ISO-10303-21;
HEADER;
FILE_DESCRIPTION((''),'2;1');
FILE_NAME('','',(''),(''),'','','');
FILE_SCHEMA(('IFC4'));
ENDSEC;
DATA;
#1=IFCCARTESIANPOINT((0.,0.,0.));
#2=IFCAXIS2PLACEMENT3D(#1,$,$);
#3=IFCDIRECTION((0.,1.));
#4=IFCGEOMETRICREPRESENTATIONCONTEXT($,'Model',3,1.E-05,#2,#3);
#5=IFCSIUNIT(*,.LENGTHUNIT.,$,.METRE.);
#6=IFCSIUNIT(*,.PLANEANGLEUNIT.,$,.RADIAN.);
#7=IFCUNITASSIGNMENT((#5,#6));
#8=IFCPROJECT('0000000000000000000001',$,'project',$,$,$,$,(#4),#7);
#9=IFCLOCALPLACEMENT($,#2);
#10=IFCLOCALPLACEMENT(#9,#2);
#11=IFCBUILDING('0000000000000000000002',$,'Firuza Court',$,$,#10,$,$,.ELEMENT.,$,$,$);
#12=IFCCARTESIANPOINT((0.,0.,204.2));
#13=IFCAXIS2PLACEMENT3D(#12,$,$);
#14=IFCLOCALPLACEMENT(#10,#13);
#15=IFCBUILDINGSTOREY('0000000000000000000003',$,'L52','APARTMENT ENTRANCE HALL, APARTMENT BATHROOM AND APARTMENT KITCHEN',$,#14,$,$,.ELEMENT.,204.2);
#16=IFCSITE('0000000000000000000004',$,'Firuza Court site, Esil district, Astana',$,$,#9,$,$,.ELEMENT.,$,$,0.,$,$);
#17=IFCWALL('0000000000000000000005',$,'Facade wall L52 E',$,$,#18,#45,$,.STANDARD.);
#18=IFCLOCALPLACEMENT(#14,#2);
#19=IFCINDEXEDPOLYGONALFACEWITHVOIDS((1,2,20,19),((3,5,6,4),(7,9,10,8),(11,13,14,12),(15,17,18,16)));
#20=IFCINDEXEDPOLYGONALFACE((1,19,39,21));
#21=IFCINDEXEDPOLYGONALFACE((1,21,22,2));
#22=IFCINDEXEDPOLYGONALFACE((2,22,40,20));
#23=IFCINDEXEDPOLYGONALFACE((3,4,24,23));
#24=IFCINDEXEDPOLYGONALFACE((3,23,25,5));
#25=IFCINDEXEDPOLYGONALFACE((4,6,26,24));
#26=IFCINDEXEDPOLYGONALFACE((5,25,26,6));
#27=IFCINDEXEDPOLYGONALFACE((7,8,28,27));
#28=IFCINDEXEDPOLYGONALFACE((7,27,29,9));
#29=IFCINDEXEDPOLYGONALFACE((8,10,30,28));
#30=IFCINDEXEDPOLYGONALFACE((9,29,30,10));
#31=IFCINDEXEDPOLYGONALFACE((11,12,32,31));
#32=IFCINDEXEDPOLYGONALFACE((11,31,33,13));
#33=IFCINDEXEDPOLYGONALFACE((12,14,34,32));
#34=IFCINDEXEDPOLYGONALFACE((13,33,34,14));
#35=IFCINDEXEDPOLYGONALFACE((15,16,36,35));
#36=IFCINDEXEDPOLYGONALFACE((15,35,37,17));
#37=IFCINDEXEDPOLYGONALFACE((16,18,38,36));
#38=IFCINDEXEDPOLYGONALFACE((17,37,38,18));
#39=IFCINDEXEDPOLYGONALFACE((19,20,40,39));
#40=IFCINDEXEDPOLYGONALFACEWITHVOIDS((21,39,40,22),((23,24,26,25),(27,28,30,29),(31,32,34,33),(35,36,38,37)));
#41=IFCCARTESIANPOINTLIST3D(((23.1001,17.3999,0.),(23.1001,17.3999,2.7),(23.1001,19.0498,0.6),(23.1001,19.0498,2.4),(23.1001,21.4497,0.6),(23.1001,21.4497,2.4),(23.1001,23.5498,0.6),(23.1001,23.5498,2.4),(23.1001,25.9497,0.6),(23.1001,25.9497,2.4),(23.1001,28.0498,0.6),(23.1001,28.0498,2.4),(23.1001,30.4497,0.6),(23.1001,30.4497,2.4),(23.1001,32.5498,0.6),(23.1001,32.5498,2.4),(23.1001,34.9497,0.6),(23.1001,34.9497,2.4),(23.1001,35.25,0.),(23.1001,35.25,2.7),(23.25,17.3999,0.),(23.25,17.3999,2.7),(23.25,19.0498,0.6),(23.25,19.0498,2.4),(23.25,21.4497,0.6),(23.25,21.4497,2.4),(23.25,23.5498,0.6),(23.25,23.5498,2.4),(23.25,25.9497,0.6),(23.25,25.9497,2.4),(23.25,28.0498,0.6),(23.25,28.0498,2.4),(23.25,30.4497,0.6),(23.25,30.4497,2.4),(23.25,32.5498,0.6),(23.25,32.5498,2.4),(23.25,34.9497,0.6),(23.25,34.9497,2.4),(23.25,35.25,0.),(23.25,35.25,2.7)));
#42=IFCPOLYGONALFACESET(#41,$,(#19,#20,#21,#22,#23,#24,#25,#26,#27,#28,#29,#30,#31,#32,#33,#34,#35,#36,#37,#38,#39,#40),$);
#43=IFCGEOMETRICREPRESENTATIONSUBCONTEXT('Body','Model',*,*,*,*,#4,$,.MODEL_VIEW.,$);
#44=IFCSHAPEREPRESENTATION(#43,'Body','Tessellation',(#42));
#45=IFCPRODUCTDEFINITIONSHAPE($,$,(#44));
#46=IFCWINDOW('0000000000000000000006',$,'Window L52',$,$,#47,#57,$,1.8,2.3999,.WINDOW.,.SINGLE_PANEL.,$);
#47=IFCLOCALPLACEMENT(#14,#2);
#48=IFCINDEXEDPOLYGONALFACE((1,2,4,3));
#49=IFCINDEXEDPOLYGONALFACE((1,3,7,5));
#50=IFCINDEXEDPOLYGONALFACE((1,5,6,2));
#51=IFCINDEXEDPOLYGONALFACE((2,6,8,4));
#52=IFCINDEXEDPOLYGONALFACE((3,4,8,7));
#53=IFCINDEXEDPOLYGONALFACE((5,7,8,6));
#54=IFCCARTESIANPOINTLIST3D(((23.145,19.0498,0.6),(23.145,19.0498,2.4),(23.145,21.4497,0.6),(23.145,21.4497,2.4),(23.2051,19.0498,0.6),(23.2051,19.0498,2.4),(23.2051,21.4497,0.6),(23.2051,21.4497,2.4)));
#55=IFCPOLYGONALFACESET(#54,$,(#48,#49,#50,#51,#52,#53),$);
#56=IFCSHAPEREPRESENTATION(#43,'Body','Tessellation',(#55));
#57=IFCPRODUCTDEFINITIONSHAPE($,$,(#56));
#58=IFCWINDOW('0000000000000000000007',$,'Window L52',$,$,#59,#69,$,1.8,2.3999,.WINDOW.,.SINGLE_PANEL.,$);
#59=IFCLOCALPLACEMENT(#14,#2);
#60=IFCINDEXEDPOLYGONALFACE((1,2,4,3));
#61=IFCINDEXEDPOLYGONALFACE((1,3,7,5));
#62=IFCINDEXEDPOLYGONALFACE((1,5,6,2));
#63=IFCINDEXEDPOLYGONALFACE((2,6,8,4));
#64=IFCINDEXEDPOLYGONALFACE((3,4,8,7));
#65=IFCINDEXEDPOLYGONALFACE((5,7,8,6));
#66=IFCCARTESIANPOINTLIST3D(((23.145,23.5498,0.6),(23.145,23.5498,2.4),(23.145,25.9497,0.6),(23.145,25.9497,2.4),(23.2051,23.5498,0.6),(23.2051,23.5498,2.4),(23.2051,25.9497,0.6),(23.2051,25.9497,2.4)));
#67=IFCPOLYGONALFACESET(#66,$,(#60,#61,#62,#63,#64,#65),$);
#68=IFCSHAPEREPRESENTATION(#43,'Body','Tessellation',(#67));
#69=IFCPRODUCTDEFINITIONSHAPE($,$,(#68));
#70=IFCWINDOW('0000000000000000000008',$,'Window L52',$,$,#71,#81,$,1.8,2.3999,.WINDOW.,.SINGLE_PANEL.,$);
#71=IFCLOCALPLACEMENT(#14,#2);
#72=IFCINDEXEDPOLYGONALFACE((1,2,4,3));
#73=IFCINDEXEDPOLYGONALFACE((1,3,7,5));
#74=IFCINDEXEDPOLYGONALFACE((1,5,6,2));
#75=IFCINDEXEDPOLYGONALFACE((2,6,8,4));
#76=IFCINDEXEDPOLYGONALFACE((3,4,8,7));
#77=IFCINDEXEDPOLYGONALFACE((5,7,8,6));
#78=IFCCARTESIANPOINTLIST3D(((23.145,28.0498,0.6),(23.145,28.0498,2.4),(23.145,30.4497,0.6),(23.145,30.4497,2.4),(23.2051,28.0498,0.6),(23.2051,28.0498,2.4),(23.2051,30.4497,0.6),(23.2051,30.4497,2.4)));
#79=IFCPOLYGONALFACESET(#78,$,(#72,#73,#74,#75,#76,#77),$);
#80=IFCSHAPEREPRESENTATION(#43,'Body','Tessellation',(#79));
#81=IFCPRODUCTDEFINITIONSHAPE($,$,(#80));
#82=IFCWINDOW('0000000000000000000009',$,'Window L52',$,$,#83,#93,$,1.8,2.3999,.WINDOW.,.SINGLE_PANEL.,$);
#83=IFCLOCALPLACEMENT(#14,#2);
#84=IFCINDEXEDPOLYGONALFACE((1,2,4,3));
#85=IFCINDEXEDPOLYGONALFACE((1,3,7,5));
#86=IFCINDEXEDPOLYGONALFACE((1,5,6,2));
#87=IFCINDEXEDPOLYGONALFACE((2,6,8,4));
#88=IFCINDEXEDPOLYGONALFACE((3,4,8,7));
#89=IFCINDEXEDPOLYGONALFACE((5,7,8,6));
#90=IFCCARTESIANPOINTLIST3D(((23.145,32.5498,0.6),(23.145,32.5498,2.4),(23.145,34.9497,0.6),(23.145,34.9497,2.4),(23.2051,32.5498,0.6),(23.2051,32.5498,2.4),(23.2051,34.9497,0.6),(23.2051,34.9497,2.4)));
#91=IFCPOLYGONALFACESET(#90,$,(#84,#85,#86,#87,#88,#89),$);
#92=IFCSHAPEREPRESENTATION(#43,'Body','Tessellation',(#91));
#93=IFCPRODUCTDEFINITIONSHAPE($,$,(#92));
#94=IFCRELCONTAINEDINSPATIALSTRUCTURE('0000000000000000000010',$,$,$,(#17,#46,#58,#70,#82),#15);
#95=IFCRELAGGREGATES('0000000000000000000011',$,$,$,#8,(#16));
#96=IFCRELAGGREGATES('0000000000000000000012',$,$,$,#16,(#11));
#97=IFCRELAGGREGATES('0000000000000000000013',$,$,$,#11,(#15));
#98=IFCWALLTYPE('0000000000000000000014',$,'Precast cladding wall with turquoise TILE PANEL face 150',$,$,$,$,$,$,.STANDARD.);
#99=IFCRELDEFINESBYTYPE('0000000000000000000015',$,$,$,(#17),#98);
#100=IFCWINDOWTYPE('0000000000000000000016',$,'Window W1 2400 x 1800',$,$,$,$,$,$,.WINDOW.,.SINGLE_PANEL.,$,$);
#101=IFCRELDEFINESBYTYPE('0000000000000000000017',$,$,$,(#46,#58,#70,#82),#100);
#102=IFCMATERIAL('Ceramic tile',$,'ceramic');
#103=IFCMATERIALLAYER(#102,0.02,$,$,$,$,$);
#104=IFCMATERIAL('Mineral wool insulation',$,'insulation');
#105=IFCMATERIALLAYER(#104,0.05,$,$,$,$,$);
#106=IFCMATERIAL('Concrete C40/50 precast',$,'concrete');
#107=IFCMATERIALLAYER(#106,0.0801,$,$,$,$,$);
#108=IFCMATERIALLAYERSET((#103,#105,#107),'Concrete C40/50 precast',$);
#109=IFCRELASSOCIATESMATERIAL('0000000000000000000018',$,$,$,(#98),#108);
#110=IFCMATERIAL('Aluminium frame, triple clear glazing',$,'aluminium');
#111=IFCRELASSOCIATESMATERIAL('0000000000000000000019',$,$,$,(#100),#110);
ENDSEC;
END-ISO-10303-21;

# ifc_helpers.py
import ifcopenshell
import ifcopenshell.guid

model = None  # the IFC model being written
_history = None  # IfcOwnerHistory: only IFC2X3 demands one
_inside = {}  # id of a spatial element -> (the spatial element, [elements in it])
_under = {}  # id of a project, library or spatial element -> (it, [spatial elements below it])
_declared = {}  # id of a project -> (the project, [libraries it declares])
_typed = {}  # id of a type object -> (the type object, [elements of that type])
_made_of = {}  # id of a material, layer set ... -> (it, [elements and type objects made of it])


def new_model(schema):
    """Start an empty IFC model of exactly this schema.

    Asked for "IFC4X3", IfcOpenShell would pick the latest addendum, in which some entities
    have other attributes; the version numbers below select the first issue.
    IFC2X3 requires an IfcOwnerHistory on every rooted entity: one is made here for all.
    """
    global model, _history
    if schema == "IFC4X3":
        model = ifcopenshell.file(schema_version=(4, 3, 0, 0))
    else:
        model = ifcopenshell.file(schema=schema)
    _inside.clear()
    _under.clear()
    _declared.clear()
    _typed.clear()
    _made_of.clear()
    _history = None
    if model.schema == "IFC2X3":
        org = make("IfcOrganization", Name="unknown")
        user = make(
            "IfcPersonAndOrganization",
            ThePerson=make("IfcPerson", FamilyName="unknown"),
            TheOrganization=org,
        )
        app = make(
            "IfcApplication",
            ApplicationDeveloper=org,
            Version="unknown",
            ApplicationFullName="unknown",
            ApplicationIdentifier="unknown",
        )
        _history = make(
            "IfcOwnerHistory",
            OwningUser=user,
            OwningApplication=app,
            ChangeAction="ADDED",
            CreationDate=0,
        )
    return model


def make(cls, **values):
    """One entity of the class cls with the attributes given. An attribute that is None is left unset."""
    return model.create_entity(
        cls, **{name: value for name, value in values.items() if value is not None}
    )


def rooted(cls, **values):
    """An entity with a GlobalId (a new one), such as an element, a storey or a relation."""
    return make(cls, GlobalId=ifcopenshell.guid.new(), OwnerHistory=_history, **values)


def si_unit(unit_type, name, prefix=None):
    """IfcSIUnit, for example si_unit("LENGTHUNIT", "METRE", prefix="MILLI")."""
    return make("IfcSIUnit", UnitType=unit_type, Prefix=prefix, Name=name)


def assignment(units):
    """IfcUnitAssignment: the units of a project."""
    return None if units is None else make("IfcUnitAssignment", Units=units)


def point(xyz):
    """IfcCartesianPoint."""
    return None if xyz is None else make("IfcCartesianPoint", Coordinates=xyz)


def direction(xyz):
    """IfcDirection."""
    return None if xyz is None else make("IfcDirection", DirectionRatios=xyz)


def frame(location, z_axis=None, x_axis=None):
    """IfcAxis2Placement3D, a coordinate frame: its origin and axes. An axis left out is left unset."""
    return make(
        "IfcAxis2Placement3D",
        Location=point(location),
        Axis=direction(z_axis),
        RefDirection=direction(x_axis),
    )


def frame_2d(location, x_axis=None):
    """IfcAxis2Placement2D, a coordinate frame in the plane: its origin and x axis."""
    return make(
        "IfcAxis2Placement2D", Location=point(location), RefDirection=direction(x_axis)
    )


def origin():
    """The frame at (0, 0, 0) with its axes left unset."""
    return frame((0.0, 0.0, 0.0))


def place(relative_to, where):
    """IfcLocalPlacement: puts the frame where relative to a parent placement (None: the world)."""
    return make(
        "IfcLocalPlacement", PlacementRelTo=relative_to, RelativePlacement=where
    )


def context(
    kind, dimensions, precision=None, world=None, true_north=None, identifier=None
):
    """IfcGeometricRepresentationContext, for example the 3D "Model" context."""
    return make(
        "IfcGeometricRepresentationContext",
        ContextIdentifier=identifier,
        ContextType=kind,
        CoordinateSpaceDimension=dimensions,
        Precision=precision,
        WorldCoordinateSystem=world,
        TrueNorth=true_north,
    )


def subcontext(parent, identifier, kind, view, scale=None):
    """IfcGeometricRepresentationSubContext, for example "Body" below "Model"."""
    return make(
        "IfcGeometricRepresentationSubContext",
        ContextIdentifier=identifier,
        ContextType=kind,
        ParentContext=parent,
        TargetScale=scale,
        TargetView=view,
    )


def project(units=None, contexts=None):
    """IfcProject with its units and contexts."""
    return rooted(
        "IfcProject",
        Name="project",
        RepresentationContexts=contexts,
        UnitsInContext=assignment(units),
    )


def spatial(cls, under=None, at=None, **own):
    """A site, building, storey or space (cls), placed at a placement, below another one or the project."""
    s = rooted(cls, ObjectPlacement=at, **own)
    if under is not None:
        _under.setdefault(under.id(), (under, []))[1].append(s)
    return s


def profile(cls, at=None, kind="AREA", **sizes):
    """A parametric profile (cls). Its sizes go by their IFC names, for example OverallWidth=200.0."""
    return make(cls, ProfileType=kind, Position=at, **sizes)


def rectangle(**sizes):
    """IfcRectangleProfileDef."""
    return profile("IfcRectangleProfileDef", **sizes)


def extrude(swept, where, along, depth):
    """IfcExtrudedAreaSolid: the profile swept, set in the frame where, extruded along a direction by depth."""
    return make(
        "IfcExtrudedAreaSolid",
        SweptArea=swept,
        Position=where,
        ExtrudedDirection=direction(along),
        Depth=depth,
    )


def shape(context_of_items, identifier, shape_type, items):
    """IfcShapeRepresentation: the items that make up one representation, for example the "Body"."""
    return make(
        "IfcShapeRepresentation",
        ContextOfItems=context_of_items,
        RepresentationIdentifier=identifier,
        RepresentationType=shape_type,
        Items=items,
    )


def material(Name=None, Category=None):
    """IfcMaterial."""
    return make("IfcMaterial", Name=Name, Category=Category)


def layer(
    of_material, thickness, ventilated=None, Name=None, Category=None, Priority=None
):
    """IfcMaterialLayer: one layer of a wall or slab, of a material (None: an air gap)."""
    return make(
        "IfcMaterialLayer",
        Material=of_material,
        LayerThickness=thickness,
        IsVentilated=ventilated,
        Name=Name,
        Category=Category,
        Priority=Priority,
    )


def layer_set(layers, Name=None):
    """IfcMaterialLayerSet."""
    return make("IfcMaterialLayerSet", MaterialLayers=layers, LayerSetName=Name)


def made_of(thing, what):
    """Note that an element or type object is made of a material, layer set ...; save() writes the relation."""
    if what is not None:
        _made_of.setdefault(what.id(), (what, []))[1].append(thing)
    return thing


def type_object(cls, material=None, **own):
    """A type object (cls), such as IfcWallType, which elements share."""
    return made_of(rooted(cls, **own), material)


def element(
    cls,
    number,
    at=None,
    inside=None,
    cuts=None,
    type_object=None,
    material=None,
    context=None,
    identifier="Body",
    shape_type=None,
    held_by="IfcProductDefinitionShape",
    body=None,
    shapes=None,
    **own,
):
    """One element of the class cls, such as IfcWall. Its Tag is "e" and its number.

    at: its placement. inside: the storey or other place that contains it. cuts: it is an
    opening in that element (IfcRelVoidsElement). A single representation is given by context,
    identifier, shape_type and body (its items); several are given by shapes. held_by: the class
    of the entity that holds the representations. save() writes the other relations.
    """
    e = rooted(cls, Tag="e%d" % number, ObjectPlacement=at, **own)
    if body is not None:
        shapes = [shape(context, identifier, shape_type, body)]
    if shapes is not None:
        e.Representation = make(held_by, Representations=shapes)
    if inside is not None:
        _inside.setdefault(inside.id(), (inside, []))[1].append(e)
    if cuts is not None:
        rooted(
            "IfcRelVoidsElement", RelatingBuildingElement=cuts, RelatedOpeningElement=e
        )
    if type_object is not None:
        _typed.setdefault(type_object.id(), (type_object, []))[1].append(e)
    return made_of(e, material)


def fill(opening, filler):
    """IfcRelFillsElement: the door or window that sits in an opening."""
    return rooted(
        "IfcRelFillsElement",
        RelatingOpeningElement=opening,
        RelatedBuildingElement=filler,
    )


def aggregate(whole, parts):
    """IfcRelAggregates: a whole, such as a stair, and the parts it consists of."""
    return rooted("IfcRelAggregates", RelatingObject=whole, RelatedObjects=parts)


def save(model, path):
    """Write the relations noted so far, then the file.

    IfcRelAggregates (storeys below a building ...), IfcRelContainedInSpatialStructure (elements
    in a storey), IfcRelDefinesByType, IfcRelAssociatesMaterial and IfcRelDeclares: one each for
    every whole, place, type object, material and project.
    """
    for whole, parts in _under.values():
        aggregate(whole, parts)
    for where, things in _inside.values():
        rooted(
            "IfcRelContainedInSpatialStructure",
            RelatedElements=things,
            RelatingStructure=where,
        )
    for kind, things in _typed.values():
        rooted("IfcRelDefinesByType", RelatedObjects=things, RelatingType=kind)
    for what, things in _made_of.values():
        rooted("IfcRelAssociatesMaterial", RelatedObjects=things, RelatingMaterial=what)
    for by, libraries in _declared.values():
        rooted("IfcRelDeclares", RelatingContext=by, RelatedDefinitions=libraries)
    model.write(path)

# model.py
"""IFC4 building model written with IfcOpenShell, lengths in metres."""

from ifc_helpers import new_model, si_unit, direction, frame, frame_2d, origin, place, context, subcontext, project, spatial, rectangle, extrude, material, layer, layer_set, type_object, element, fill, save


model = new_model("IFC4")

# Units and contexts
model_context = context("Model", 3, precision=1e-05, world=origin(), true_north=direction((0.0, 1.0)))
body_context = subcontext(model_context, "Body", "Model", "MODEL_VIEW")
ifc_project = project(units=[si_unit("LENGTHUNIT", "METRE"), si_unit("PLANEANGLEUNIT", "RADIAN")], contexts=[model_context])

# Site, building, storey
site_placement = place(None, origin())
site = spatial("IfcSite", under=ifc_project, at=site_placement, Name="Firuza Court site, Esil district, Astana", CompositionType="ELEMENT", RefElevation=0.0)
building_placement = place(site_placement, origin())
building = spatial("IfcBuilding", under=site, at=building_placement, Name="Firuza Court", CompositionType="ELEMENT")
storey_placement = place(building_placement, frame((0.0, 0.0, 204.2)))
storey = spatial("IfcBuildingStorey", under=building, at=storey_placement, Name="L52", Description="APARTMENT ENTRANCE HALL, APARTMENT BATHROOM AND APARTMENT KITCHEN", CompositionType="ELEMENT", Elevation=204.2)

# Wall, openings, windows
ifc_material_1 = material(Name="Ceramic tile", Category="ceramic")
ifc_layer_1 = layer(ifc_material_1, 0.02)
ifc_material_2 = material(Name="Mineral wool insulation", Category="insulation")
ifc_layer_2 = layer(ifc_material_2, 0.05)
ifc_material_3 = material(Name="Concrete C40/50 precast", Category="concrete")
ifc_layer_3 = layer(ifc_material_3, 0.0801)
ifc_layer_set_1 = layer_set([ifc_layer_1, ifc_layer_2, ifc_layer_3], Name="Concrete C40/50 precast")
wall_type_1 = type_object("IfcWallType", Name="Precast cladding wall with turquoise TILE PANEL face 150", PredefinedType="STANDARD", material=ifc_layer_set_1)
wall_1_placement = place(storey_placement, frame((23.175, 17.3999, 0.0), z_axis=(0.0, 0.0, 1.0), x_axis=(0.0, 1.0, 0.0)))
wall_1 = element("IfcWall", 1, at=wall_1_placement, inside=storey, type_object=wall_type_1, Name="Facade wall L52 E", PredefinedType="STANDARD", context=body_context, shape_type="SweptSolid", body=[
    extrude(rectangle(XDim=17.8501, YDim=0.1499, at=frame_2d((8.925, 0.0))), origin(), (0.0, 0.0, 1.0), 2.7),
])
opening_1_placement = place(wall_1_placement, frame((1.6499, 0.0, 0.6001)))
opening_1 = element("IfcOpeningElement", 2, at=opening_1_placement, cuts=wall_1, PredefinedType="OPENING", context=body_context, shape_type="SweptSolid", body=[
    extrude(rectangle(XDim=2.3999, YDim=1.8, at=frame_2d((1.2, 0.8999))), frame((0.0, 0.0869, 0.0), z_axis=(0.0, -1.0, 0.0), x_axis=(1.0, 0.0, 0.0)), (0.0, 0.0, 1.0), 0.1738),
])
opening_2_placement = place(wall_1_placement, frame((6.1499, 0.0, 0.6001)))
opening_2 = element("IfcOpeningElement", 3, at=opening_2_placement, cuts=wall_1, PredefinedType="OPENING", context=body_context, shape_type="SweptSolid", body=[
    extrude(rectangle(XDim=2.3999, YDim=1.8, at=frame_2d((1.2, 0.8999))), frame((0.0, 0.0869, 0.0), z_axis=(0.0, -1.0, 0.0), x_axis=(1.0, 0.0, 0.0)), (0.0, 0.0, 1.0), 0.1738),
])
opening_3_placement = place(wall_1_placement, frame((10.6499, 0.0, 0.6001)))
opening_3 = element("IfcOpeningElement", 4, at=opening_3_placement, cuts=wall_1, PredefinedType="OPENING", context=body_context, shape_type="SweptSolid", body=[
    extrude(rectangle(XDim=2.3999, YDim=1.8, at=frame_2d((1.2, 0.8999))), frame((0.0, 0.0869, 0.0), z_axis=(0.0, -1.0, 0.0), x_axis=(1.0, 0.0, 0.0)), (0.0, 0.0, 1.0), 0.1738),
])
opening_4_placement = place(wall_1_placement, frame((15.1499, 0.0, 0.6001)))
opening_4 = element("IfcOpeningElement", 5, at=opening_4_placement, cuts=wall_1, PredefinedType="OPENING", context=body_context, shape_type="SweptSolid", body=[
    extrude(rectangle(XDim=2.3999, YDim=1.8, at=frame_2d((1.2, 0.8999))), frame((0.0, 0.0869, 0.0), z_axis=(0.0, -1.0, 0.0), x_axis=(1.0, 0.0, 0.0)), (0.0, 0.0, 1.0), 0.1738),
])
ifc_material_4 = material(Name="Aluminium frame, triple clear glazing", Category="aluminium")
window_type_1 = type_object("IfcWindowType", Name="Window W1 2400 x 1800", PartitioningType="SINGLE_PANEL", PredefinedType="WINDOW", material=ifc_material_4)
window_1_placement = place(opening_1_placement, origin())
window_1 = element("IfcWindow", 6, at=window_1_placement, inside=storey, type_object=window_type_1, Name="Window L52", OverallHeight=1.8, OverallWidth=2.3999, PartitioningType="SINGLE_PANEL", PredefinedType="WINDOW", context=body_context, shape_type="SweptSolid", body=[
    extrude(rectangle(XDim=2.3999, YDim=1.8, at=frame_2d((1.2, 0.8999))), frame((0.0, 0.03, 0.0), z_axis=(0.0, -1.0, 0.0), x_axis=(1.0, 0.0, 0.0)), (0.0, 0.0, 1.0), 0.0601),
])
fill(opening_1, window_1)
window_2_placement = place(opening_2_placement, origin())
window_2 = element("IfcWindow", 7, at=window_2_placement, inside=storey, type_object=window_type_1, Name="Window L52", OverallHeight=1.8, OverallWidth=2.3999, PartitioningType="SINGLE_PANEL", PredefinedType="WINDOW", context=body_context, shape_type="SweptSolid", body=[
    extrude(rectangle(XDim=2.3999, YDim=1.8, at=frame_2d((1.2, 0.8999))), frame((0.0, 0.03, 0.0), z_axis=(0.0, -1.0, 0.0), x_axis=(1.0, 0.0, 0.0)), (0.0, 0.0, 1.0), 0.0601),
])
fill(opening_2, window_2)
window_3_placement = place(opening_3_placement, origin())
window_3 = element("IfcWindow", 8, at=window_3_placement, inside=storey, type_object=window_type_1, Name="Window L52", OverallHeight=1.8, OverallWidth=2.3999, PartitioningType="SINGLE_PANEL", PredefinedType="WINDOW", context=body_context, shape_type="SweptSolid", body=[
    extrude(rectangle(XDim=2.3999, YDim=1.8, at=frame_2d((1.2, 0.8999))), frame((0.0, 0.03, 0.0), z_axis=(0.0, -1.0, 0.0), x_axis=(1.0, 0.0, 0.0)), (0.0, 0.0, 1.0), 0.0601),
])
fill(opening_3, window_3)
window_4_placement = place(opening_4_placement, origin())
window_4 = element("IfcWindow", 9, at=window_4_placement, inside=storey, type_object=window_type_1, Name="Window L52", OverallHeight=1.8, OverallWidth=2.3999, PartitioningType="SINGLE_PANEL", PredefinedType="WINDOW", context=body_context, shape_type="SweptSolid", body=[
    extrude(rectangle(XDim=2.3999, YDim=1.8, at=frame_2d((1.2, 0.8999))), frame((0.0, 0.03, 0.0), z_axis=(0.0, -1.0, 0.0), x_axis=(1.0, 0.0, 0.0)), (0.0, 0.0, 1.0), 0.0601),
])
fill(opening_4, window_4)

save(model, "model.ifc")
